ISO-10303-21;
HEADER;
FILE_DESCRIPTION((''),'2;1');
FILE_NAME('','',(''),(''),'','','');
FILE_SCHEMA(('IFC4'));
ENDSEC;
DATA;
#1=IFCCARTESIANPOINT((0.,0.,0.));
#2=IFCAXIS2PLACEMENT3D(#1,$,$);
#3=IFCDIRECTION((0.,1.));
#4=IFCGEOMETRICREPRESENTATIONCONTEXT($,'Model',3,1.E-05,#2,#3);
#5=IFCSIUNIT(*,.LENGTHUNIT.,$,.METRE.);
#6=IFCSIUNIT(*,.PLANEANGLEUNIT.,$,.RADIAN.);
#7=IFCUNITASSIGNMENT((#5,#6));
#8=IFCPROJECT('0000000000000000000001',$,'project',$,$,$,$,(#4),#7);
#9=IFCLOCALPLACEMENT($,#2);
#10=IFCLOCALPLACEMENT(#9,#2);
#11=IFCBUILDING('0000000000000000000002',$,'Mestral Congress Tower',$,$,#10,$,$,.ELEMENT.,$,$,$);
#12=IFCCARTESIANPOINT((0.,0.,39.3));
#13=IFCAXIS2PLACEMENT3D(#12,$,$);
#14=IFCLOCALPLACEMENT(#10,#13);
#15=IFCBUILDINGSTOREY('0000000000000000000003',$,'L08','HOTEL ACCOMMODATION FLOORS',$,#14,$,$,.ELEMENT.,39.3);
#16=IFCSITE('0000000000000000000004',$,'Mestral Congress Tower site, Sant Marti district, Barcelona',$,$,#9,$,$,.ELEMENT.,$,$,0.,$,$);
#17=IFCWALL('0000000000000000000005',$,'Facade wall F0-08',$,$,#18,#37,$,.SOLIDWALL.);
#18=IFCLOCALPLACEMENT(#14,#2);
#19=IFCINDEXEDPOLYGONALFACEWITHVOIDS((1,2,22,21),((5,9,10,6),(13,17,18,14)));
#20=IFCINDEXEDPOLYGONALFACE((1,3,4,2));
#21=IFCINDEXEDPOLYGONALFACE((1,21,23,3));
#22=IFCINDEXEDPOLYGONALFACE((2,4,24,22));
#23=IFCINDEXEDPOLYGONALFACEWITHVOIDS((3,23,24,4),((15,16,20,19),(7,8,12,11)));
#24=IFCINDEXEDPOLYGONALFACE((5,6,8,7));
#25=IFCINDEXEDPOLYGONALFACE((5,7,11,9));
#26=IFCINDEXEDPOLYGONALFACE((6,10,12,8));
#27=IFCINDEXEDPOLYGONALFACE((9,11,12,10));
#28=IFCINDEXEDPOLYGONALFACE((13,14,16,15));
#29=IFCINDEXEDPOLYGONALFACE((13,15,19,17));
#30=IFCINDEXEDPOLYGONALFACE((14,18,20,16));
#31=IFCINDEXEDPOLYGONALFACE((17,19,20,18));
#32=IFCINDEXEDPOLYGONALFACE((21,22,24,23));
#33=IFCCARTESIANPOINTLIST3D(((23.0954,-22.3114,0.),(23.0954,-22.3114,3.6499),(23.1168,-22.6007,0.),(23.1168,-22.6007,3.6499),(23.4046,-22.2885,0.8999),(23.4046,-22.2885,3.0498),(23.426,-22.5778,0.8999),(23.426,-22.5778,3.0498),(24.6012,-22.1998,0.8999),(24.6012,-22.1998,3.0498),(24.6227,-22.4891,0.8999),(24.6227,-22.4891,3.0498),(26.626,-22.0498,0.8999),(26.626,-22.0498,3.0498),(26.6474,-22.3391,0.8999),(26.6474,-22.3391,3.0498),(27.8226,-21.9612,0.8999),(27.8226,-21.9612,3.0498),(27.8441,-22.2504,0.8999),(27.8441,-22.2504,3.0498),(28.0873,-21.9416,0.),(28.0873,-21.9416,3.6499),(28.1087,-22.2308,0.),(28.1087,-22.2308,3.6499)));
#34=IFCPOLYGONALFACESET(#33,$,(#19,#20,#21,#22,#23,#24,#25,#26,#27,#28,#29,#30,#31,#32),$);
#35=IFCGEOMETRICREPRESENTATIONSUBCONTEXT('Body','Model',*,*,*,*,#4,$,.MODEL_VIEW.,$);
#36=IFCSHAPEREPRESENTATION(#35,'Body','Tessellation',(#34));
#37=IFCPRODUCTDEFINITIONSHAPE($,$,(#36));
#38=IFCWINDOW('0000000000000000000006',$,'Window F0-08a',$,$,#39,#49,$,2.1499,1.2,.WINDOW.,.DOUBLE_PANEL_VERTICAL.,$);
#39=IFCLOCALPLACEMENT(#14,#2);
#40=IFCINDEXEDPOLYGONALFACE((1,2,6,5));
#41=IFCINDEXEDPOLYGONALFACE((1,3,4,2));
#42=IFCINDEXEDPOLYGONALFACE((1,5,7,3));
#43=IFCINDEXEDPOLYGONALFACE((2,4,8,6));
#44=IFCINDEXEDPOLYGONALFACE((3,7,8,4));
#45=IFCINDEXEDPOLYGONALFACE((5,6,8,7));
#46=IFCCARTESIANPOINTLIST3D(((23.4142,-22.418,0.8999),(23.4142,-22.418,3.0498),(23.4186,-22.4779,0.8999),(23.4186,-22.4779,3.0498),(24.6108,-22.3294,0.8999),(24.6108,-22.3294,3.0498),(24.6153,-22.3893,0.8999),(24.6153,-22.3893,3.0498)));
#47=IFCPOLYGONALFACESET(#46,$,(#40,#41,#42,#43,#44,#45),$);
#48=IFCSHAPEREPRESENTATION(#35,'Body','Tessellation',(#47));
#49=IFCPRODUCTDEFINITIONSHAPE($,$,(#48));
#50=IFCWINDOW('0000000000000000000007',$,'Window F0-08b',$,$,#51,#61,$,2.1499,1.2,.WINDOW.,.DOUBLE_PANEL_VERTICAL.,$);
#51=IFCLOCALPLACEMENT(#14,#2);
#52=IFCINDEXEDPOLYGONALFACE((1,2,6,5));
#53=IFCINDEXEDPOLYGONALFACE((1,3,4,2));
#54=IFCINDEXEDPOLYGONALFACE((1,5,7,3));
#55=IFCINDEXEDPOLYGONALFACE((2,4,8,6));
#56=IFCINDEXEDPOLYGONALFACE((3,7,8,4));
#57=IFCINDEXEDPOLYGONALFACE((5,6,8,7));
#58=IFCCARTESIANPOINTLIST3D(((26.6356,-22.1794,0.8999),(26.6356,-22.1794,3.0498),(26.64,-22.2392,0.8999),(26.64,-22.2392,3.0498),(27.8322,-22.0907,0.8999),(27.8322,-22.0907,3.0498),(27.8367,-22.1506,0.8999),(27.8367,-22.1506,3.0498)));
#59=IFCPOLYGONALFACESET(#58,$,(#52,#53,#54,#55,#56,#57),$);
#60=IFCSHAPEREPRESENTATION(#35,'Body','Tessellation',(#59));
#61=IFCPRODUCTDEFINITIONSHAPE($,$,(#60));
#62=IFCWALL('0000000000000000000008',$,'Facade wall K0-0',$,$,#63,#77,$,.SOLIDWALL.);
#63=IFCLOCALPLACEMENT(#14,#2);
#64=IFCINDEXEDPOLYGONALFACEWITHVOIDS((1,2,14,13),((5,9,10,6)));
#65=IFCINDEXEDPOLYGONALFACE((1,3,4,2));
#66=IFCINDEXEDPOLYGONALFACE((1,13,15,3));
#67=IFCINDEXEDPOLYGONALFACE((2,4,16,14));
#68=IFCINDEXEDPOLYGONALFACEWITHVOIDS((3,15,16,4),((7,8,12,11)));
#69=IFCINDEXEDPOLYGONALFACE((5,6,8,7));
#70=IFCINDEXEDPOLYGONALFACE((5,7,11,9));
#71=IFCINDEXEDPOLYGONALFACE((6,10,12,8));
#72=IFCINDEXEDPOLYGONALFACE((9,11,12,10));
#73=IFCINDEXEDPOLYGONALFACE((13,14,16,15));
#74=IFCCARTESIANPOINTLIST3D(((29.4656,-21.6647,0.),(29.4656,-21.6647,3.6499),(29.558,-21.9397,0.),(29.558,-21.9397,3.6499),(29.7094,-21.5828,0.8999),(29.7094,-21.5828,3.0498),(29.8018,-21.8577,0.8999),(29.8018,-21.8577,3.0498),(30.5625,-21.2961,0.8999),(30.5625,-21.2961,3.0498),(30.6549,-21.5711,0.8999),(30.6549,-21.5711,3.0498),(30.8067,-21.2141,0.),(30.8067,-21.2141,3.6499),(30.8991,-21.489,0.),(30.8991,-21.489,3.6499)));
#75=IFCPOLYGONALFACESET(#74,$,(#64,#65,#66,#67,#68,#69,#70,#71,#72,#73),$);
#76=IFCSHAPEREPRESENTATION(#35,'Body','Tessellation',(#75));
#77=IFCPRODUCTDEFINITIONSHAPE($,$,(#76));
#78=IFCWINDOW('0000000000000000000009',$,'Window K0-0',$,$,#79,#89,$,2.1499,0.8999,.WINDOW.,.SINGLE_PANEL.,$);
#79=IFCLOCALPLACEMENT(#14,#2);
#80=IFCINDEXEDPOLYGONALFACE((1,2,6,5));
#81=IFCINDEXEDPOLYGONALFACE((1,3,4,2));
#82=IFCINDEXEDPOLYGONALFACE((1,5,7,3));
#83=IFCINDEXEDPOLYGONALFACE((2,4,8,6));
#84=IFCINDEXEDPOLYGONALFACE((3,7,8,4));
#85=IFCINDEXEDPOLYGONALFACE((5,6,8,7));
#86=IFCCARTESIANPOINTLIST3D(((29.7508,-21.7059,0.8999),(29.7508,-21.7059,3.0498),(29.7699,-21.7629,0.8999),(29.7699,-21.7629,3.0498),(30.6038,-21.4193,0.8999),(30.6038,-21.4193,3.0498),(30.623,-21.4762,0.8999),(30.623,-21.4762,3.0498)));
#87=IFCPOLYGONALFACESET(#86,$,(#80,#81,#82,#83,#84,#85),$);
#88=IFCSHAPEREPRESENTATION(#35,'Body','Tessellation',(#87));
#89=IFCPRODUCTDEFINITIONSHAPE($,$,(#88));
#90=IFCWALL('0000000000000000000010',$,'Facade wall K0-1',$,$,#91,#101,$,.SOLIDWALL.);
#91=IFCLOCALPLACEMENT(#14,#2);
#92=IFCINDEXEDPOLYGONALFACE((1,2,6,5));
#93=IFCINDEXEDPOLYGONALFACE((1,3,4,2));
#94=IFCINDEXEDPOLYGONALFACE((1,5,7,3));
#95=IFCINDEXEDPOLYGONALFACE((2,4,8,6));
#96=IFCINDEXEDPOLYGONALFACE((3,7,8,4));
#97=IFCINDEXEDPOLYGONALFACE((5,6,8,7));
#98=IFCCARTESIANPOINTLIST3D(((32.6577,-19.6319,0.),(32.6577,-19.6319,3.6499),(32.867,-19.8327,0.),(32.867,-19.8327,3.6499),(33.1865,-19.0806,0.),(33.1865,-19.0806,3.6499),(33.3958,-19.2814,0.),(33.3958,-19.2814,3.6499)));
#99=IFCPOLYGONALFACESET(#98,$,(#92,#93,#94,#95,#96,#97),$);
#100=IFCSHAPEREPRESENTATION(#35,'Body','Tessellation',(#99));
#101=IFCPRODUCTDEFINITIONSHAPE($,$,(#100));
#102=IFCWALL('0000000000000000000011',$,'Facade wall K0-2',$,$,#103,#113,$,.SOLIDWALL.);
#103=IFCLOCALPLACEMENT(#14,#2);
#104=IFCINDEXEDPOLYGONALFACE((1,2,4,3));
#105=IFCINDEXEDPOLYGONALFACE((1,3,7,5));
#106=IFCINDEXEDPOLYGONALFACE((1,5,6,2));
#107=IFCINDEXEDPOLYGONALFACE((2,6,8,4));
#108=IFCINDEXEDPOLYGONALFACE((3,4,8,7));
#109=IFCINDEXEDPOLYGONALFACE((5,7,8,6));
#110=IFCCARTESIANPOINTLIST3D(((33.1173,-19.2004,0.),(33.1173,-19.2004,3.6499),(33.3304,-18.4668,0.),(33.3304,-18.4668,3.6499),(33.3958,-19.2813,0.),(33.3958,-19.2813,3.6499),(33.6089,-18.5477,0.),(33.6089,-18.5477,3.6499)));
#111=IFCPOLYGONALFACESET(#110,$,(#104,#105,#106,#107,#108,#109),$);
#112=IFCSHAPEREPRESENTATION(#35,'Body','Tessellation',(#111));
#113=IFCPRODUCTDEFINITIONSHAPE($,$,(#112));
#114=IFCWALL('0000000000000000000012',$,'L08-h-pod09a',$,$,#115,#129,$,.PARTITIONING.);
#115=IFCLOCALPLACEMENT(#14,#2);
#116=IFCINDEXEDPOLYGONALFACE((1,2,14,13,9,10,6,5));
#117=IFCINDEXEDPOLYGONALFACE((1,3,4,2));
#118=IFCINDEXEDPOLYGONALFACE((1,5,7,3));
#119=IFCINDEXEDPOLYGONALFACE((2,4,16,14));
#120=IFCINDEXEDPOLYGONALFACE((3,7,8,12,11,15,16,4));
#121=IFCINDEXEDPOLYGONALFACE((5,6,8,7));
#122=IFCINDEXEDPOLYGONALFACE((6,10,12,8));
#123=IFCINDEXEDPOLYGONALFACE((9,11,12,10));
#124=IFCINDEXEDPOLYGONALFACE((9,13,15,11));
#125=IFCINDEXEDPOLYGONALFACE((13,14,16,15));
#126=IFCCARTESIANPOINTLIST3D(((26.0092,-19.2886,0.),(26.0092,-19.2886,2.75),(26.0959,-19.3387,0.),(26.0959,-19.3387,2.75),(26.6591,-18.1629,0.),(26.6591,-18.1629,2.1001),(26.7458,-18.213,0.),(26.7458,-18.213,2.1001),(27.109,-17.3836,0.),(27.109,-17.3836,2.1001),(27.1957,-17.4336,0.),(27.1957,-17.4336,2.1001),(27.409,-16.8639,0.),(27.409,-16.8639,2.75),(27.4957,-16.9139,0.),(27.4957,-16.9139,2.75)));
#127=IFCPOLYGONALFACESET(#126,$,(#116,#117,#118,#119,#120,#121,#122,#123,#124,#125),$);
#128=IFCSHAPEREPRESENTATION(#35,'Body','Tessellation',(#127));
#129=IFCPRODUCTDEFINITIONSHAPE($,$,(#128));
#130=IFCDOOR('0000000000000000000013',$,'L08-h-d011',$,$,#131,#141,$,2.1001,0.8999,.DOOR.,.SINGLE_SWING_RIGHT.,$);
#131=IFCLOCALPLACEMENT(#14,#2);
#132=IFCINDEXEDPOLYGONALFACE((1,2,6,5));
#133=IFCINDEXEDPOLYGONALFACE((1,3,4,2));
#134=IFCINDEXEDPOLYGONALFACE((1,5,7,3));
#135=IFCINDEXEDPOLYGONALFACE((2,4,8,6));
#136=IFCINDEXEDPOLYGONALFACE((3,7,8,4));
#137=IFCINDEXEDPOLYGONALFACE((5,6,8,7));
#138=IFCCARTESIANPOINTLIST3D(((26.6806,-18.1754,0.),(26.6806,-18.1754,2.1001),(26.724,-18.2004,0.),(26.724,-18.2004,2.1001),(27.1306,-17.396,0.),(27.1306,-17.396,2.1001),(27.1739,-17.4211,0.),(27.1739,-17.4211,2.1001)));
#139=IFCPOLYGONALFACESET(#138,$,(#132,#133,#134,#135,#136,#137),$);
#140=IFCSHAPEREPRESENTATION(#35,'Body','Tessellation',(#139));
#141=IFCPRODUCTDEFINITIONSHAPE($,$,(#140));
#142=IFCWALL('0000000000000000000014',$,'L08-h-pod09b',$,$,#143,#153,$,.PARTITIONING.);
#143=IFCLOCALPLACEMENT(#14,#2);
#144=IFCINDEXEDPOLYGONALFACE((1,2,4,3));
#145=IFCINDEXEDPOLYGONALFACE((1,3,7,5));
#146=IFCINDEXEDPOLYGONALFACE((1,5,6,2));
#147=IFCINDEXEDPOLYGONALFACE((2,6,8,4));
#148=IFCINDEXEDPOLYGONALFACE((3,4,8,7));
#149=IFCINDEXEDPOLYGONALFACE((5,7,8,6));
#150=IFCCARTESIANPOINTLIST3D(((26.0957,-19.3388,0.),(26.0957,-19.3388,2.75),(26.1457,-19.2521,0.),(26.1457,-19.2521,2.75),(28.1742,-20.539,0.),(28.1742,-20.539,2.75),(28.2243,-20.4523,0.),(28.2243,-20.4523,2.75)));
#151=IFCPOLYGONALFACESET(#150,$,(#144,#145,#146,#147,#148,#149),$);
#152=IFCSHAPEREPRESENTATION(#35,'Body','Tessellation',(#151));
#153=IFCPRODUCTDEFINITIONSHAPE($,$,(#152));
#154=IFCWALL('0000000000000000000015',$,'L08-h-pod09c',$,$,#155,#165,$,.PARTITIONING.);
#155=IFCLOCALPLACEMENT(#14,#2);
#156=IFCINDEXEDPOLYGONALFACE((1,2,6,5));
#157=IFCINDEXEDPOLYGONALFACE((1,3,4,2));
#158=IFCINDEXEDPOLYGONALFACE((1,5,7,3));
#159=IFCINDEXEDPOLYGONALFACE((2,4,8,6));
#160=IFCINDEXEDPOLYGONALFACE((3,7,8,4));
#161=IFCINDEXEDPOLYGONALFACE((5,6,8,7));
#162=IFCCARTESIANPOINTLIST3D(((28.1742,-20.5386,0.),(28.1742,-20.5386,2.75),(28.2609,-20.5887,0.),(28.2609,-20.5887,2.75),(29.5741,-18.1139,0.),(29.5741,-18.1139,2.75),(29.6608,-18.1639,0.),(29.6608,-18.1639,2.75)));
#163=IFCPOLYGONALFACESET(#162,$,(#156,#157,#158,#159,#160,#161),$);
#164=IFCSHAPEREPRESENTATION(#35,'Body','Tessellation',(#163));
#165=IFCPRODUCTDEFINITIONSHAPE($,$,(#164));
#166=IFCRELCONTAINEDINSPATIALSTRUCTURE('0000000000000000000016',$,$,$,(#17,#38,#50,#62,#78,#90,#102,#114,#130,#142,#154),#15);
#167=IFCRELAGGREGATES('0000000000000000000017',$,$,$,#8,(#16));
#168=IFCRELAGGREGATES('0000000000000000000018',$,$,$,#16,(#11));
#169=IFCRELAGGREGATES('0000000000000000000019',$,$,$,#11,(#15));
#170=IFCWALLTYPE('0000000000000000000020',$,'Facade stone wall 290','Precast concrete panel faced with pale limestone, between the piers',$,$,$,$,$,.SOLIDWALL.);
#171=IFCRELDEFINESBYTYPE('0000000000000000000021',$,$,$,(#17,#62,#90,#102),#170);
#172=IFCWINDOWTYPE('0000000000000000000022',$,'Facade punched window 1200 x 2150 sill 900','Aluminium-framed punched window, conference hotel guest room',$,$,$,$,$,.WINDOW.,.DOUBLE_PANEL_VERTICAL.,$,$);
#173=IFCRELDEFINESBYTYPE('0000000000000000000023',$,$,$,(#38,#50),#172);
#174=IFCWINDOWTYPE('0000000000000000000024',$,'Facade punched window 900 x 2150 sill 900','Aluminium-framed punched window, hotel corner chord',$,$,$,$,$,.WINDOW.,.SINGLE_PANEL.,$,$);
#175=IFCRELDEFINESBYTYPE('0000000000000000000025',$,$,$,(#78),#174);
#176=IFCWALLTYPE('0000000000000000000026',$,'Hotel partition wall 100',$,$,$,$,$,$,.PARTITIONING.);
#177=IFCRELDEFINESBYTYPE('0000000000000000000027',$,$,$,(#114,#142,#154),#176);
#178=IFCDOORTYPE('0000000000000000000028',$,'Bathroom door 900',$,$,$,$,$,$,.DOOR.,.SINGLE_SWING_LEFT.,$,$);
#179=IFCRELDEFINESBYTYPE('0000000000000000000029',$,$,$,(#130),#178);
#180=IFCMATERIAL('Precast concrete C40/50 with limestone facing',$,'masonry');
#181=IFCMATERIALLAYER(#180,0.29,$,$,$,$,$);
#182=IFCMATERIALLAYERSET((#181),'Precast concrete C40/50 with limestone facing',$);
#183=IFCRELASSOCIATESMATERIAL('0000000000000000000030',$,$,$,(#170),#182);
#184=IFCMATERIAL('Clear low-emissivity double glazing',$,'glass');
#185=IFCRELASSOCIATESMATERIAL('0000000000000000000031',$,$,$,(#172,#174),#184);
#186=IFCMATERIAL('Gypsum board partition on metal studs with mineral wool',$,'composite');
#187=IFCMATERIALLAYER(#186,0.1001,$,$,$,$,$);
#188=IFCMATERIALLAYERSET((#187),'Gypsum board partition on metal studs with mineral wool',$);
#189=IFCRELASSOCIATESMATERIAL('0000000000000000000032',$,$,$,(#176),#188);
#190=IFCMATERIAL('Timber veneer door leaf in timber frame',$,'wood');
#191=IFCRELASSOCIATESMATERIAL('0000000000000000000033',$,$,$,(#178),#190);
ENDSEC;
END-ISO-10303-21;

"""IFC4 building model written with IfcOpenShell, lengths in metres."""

from ifc_helpers import new_model, si_unit, direction, frame, frame_2d, origin, place, context, subcontext, project, spatial, rectangle, extrude, material, layer, layer_set, type_object, element, fill, save


model = new_model("IFC4")

# Units and contexts
model_context = context("Model", 3, precision=1e-05, world=origin(), true_north=direction((0.0, 1.0)))
body_context = subcontext(model_context, "Body", "Model", "MODEL_VIEW")
ifc_project = project(units=[si_unit("LENGTHUNIT", "METRE"), si_unit("PLANEANGLEUNIT", "RADIAN")], contexts=[model_context])

# Site, building, storey
site_placement = place(None, origin())
site = spatial("IfcSite", under=ifc_project, at=site_placement, Name="Mestral Congress Tower site, Sant Marti district, Barcelona", CompositionType="ELEMENT", RefElevation=0.0)
building_placement = place(site_placement, origin())
building = spatial("IfcBuilding", under=site, at=building_placement, Name="Mestral Congress Tower", CompositionType="ELEMENT")
storey_placement = place(building_placement, frame((0.0, 0.0, 39.3)))
storey = spatial("IfcBuildingStorey", under=building, at=storey_placement, Name="L08", Description="HOTEL ACCOMMODATION FLOORS", CompositionType="ELEMENT", Elevation=39.3)

# Wall, openings, windows
ifc_material_1 = material(Name="Precast concrete C40/50 with limestone facing", Category="masonry")
ifc_layer_1 = layer(ifc_material_1, 0.29)
ifc_layer_set_1 = layer_set([ifc_layer_1], Name="Precast concrete C40/50 with limestone facing")
wall_type_1 = type_object("IfcWallType", Name="Facade stone wall 290", Description="Precast concrete panel faced with pale limestone, between the piers", PredefinedType="SOLIDWALL", material=ifc_layer_set_1)
ifc_material_2 = material(Name="Clear low-emissivity double glazing", Category="glass")
window_type_1 = type_object("IfcWindowType", Name="Facade punched window 1200 x 2150 sill 900", Description="Aluminium-framed punched window, conference hotel guest room", PartitioningType="DOUBLE_PANEL_VERTICAL", PredefinedType="WINDOW", material=ifc_material_2)
wall_1_placement = place(storey_placement, frame((23.106, -22.4561, 0.0), z_axis=(0.0, 0.0, 1.0), x_axis=(0.997266, 0.073891, 0.0)))
wall_1 = element("IfcWall", 1, at=wall_1_placement, inside=storey, type_object=wall_type_1, Name="Facade wall F0-08", PredefinedType="SOLIDWALL", context=body_context, shape_type="SweptSolid", body=[
    extrude(rectangle(XDim=5.0056, YDim=0.29, at=frame_2d((2.5029, 0.0))), origin(), (0.0, 0.0, 1.0), 3.6499),
])
opening_1_placement = place(wall_1_placement, frame((0.3101, 0.0, 0.8999)))
opening_1 = element("IfcOpeningElement", 2, at=opening_1_placement, cuts=wall_1, PredefinedType="OPENING", context=body_context, shape_type="SweptSolid", body=[
    extrude(rectangle(XDim=1.2, YDim=2.1499, at=frame_2d((0.6001, 1.075))), frame((0.0, 0.155, 0.0), z_axis=(0.0, -1.0, 0.0), x_axis=(1.0, 0.0, 0.0)), (0.0, 0.0, 1.0), 0.3101),
])
opening_2_placement = place(wall_1_placement, frame((3.5403, 0.0, 0.8999)))
opening_2 = element("IfcOpeningElement", 3, at=opening_2_placement, cuts=wall_1, PredefinedType="OPENING", context=body_context, shape_type="SweptSolid", body=[
    extrude(rectangle(XDim=1.2, YDim=2.1499, at=frame_2d((0.6001, 1.075))), frame((0.0, 0.155, 0.0), z_axis=(0.0, -1.0, 0.0), x_axis=(1.0, 0.0, 0.0)), (0.0, 0.0, 1.0), 0.3101),
])
window_1_placement = place(opening_1_placement, origin())
window_1 = element("IfcWindow", 4, at=window_1_placement, inside=storey, type_object=window_type_1, Name="Window F0-08a", OverallHeight=2.1499, OverallWidth=1.2, PartitioningType="DOUBLE_PANEL_VERTICAL", PredefinedType="WINDOW", context=body_context, shape_type="SweptSolid", body=[
    extrude(rectangle(XDim=1.2, YDim=2.1499, at=frame_2d((0.6001, 1.075))), frame((0.0, 0.0151, 0.0), z_axis=(0.0, -1.0, 0.0), x_axis=(1.0, 0.0, 0.0)), (0.0, 0.0, 1.0), 0.0601),
])
fill(opening_1, window_1)
window_2_placement = place(opening_2_placement, origin())
window_2 = element("IfcWindow", 5, at=window_2_placement, inside=storey, type_object=window_type_1, Name="Window F0-08b", OverallHeight=2.1499, OverallWidth=1.2, PartitioningType="DOUBLE_PANEL_VERTICAL", PredefinedType="WINDOW", context=body_context, shape_type="SweptSolid", body=[
    extrude(rectangle(XDim=1.2, YDim=2.1499, at=frame_2d((0.6001, 1.075))), frame((0.0, 0.0151, 0.0), z_axis=(0.0, -1.0, 0.0), x_axis=(1.0, 0.0, 0.0)), (0.0, 0.0, 1.0), 0.0601),
])
fill(opening_2, window_2)

# Wall, opening, window
wall_2_placement = place(storey_placement, frame((29.5117, -21.8022, 0.0), z_axis=(0.0, 0.0, 1.0), x_axis=(0.947904, 0.318556, 0.0)))
wall_2 = element("IfcWall", 6, at=wall_2_placement, inside=storey, type_object=wall_type_1, Name="Facade wall K0-0", PredefinedType="SOLIDWALL", context=body_context, shape_type="SweptSolid", body=[
    extrude(rectangle(XDim=1.4148, YDim=0.29, at=frame_2d((0.7075, 0.0))), origin(), (0.0, 0.0, 1.0), 3.6499),
])
opening_3_placement = place(wall_2_placement, frame((0.2573, 0.0, 0.8999)))
opening_3 = element("IfcOpeningElement", 7, at=opening_3_placement, cuts=wall_2, PredefinedType="OPENING", context=body_context, shape_type="SweptSolid", body=[
    extrude(rectangle(XDim=0.8999, YDim=2.1499, at=frame_2d((0.45, 1.075))), frame((0.0, 0.155, 0.0), z_axis=(0.0, -1.0, 0.0), x_axis=(1.0, 0.0, 0.0)), (0.0, 0.0, 1.0), 0.3101),
])
window_type_2 = type_object("IfcWindowType", Name="Facade punched window 900 x 2150 sill 900", Description="Aluminium-framed punched window, hotel corner chord", PartitioningType="SINGLE_PANEL", PredefinedType="WINDOW", material=ifc_material_2)
window_3_placement = place(opening_3_placement, origin())
window_3 = element("IfcWindow", 8, at=window_3_placement, inside=storey, type_object=window_type_2, Name="Window K0-0", OverallHeight=2.1499, OverallWidth=0.8999, PartitioningType="SINGLE_PANEL", PredefinedType="WINDOW", context=body_context, shape_type="SweptSolid", body=[
    extrude(rectangle(XDim=0.8999, YDim=2.1499, at=frame_2d((0.45, 1.075))), frame((0.0, 0.0151, 0.0), z_axis=(0.0, -1.0, 0.0), x_axis=(1.0, 0.0, 0.0)), (0.0, 0.0, 1.0), 0.0601),
])
fill(opening_3, window_3)

# Walls
for number, where, z_axis, x_axis, name in (
    (9, (32.7625, -19.7322, 0.0), (0.0, 0.0, 1.0), (0.692252, 0.721656, 0.0), "Facade wall K0-1"),
    (10, (33.2566, -19.2407, 0.0), (0.0, 0.0, 1.0), (0.278981, 0.960297, 0.0), "Facade wall K0-2"),
):
    element("IfcWall", number, at=place(storey_placement, frame(where, z_axis=z_axis, x_axis=x_axis)), inside=storey, type_object=wall_type_1, Name=name, PredefinedType="SOLIDWALL", context=body_context, shape_type="SweptSolid", body=[
        extrude(rectangle(XDim=0.7639, YDim=0.29, at=frame_2d((0.3818, 0.0))), origin(), (0.0, 0.0, 1.0), 3.6499),
    ])

# Wall, opening, door
ifc_material_3 = material(Name="Gypsum board partition on metal studs with mineral wool", Category="composite")
ifc_layer_2 = layer(ifc_material_3, 0.1001)
ifc_layer_set_2 = layer_set([ifc_layer_2], Name="Gypsum board partition on metal studs with mineral wool")
wall_type_2 = type_object("IfcWallType", Name="Hotel partition wall 100", PredefinedType="PARTITIONING", material=ifc_layer_set_2)
wall_3_placement = place(storey_placement, frame((27.4524, -16.8889, 0.0), z_axis=(0.0, 0.0, 1.0), x_axis=(-0.499984, -0.866035, 0.0)))
wall_3 = element("IfcWall", 11, at=wall_3_placement, inside=storey, type_object=wall_type_2, Name="L08-h-pod09a", PredefinedType="PARTITIONING", context=body_context, shape_type="SweptSolid", body=[
    extrude(rectangle(XDim=2.7998, YDim=0.1001, at=frame_2d((1.3999, 0.0))), origin(), (0.0, 0.0, 1.0), 2.75),
])
opening_4_placement = place(wall_3_placement, frame((0.6001, 0.0, 0.0)))
opening_4 = element("IfcOpeningElement", 12, at=opening_4_placement, cuts=wall_3, PredefinedType="OPENING", context=body_context, shape_type="SweptSolid", body=[
    extrude(rectangle(XDim=0.8999, YDim=2.1001, at=frame_2d((0.45, 1.05))), frame((0.0, 0.0601, 0.0), z_axis=(0.0, -1.0, 0.0), x_axis=(1.0, 0.0, 0.0)), (0.0, 0.0, 1.0), 0.1201),
])
ifc_material_4 = material(Name="Timber veneer door leaf in timber frame", Category="wood")
door_type_1 = type_object("IfcDoorType", Name="Bathroom door 900", OperationType="SINGLE_SWING_LEFT", PredefinedType="DOOR", material=ifc_material_4)
door_1_placement = place(opening_4_placement, origin())
door_1 = element("IfcDoor", 13, at=door_1_placement, inside=storey, type_object=door_type_1, Name="L08-h-d011", OperationType="SINGLE_SWING_RIGHT", OverallHeight=2.1001, OverallWidth=0.8999, PredefinedType="DOOR", context=body_context, shape_type="SweptSolid", body=[
    extrude(rectangle(XDim=0.8999, YDim=2.1001, at=frame_2d((0.45, 1.05))), frame((0.0, 0.0249, 0.0), z_axis=(0.0, -1.0, 0.0), x_axis=(1.0, 0.0, 0.0)), (0.0, 0.0, 1.0), 0.05),
])
fill(opening_4, door_1)

# Walls
wall_4_placement = place(storey_placement, frame((26.1206, -19.2954, 0.0), z_axis=(0.0, 0.0, 1.0), x_axis=(0.866006, -0.500034, 0.0)))
element("IfcWall", 14, at=wall_4_placement, inside=storey, type_object=wall_type_2, Name="L08-h-pod09b", PredefinedType="PARTITIONING", context=body_context, shape_type="SweptSolid", body=[
    extrude(rectangle(XDim=2.4001, YDim=0.1001, at=frame_2d((1.2002, 0.0))), origin(), (0.0, 0.0, 1.0), 2.75),
])
wall_5_placement = place(storey_placement, frame((29.6174, -18.1389, 0.0), z_axis=(0.0, 0.0, 1.0), x_axis=(-0.499984, -0.866035, 0.0)))
element("IfcWall", 15, at=wall_5_placement, inside=storey, type_object=wall_type_2, Name="L08-h-pod09c", PredefinedType="PARTITIONING", context=body_context, shape_type="SweptSolid", body=[
    extrude(rectangle(XDim=2.7998, YDim=0.1001, at=frame_2d((1.3999, 0.0))), origin(), (0.0, 0.0, 1.0), 2.75),
])

save(model, "model.ifc")
